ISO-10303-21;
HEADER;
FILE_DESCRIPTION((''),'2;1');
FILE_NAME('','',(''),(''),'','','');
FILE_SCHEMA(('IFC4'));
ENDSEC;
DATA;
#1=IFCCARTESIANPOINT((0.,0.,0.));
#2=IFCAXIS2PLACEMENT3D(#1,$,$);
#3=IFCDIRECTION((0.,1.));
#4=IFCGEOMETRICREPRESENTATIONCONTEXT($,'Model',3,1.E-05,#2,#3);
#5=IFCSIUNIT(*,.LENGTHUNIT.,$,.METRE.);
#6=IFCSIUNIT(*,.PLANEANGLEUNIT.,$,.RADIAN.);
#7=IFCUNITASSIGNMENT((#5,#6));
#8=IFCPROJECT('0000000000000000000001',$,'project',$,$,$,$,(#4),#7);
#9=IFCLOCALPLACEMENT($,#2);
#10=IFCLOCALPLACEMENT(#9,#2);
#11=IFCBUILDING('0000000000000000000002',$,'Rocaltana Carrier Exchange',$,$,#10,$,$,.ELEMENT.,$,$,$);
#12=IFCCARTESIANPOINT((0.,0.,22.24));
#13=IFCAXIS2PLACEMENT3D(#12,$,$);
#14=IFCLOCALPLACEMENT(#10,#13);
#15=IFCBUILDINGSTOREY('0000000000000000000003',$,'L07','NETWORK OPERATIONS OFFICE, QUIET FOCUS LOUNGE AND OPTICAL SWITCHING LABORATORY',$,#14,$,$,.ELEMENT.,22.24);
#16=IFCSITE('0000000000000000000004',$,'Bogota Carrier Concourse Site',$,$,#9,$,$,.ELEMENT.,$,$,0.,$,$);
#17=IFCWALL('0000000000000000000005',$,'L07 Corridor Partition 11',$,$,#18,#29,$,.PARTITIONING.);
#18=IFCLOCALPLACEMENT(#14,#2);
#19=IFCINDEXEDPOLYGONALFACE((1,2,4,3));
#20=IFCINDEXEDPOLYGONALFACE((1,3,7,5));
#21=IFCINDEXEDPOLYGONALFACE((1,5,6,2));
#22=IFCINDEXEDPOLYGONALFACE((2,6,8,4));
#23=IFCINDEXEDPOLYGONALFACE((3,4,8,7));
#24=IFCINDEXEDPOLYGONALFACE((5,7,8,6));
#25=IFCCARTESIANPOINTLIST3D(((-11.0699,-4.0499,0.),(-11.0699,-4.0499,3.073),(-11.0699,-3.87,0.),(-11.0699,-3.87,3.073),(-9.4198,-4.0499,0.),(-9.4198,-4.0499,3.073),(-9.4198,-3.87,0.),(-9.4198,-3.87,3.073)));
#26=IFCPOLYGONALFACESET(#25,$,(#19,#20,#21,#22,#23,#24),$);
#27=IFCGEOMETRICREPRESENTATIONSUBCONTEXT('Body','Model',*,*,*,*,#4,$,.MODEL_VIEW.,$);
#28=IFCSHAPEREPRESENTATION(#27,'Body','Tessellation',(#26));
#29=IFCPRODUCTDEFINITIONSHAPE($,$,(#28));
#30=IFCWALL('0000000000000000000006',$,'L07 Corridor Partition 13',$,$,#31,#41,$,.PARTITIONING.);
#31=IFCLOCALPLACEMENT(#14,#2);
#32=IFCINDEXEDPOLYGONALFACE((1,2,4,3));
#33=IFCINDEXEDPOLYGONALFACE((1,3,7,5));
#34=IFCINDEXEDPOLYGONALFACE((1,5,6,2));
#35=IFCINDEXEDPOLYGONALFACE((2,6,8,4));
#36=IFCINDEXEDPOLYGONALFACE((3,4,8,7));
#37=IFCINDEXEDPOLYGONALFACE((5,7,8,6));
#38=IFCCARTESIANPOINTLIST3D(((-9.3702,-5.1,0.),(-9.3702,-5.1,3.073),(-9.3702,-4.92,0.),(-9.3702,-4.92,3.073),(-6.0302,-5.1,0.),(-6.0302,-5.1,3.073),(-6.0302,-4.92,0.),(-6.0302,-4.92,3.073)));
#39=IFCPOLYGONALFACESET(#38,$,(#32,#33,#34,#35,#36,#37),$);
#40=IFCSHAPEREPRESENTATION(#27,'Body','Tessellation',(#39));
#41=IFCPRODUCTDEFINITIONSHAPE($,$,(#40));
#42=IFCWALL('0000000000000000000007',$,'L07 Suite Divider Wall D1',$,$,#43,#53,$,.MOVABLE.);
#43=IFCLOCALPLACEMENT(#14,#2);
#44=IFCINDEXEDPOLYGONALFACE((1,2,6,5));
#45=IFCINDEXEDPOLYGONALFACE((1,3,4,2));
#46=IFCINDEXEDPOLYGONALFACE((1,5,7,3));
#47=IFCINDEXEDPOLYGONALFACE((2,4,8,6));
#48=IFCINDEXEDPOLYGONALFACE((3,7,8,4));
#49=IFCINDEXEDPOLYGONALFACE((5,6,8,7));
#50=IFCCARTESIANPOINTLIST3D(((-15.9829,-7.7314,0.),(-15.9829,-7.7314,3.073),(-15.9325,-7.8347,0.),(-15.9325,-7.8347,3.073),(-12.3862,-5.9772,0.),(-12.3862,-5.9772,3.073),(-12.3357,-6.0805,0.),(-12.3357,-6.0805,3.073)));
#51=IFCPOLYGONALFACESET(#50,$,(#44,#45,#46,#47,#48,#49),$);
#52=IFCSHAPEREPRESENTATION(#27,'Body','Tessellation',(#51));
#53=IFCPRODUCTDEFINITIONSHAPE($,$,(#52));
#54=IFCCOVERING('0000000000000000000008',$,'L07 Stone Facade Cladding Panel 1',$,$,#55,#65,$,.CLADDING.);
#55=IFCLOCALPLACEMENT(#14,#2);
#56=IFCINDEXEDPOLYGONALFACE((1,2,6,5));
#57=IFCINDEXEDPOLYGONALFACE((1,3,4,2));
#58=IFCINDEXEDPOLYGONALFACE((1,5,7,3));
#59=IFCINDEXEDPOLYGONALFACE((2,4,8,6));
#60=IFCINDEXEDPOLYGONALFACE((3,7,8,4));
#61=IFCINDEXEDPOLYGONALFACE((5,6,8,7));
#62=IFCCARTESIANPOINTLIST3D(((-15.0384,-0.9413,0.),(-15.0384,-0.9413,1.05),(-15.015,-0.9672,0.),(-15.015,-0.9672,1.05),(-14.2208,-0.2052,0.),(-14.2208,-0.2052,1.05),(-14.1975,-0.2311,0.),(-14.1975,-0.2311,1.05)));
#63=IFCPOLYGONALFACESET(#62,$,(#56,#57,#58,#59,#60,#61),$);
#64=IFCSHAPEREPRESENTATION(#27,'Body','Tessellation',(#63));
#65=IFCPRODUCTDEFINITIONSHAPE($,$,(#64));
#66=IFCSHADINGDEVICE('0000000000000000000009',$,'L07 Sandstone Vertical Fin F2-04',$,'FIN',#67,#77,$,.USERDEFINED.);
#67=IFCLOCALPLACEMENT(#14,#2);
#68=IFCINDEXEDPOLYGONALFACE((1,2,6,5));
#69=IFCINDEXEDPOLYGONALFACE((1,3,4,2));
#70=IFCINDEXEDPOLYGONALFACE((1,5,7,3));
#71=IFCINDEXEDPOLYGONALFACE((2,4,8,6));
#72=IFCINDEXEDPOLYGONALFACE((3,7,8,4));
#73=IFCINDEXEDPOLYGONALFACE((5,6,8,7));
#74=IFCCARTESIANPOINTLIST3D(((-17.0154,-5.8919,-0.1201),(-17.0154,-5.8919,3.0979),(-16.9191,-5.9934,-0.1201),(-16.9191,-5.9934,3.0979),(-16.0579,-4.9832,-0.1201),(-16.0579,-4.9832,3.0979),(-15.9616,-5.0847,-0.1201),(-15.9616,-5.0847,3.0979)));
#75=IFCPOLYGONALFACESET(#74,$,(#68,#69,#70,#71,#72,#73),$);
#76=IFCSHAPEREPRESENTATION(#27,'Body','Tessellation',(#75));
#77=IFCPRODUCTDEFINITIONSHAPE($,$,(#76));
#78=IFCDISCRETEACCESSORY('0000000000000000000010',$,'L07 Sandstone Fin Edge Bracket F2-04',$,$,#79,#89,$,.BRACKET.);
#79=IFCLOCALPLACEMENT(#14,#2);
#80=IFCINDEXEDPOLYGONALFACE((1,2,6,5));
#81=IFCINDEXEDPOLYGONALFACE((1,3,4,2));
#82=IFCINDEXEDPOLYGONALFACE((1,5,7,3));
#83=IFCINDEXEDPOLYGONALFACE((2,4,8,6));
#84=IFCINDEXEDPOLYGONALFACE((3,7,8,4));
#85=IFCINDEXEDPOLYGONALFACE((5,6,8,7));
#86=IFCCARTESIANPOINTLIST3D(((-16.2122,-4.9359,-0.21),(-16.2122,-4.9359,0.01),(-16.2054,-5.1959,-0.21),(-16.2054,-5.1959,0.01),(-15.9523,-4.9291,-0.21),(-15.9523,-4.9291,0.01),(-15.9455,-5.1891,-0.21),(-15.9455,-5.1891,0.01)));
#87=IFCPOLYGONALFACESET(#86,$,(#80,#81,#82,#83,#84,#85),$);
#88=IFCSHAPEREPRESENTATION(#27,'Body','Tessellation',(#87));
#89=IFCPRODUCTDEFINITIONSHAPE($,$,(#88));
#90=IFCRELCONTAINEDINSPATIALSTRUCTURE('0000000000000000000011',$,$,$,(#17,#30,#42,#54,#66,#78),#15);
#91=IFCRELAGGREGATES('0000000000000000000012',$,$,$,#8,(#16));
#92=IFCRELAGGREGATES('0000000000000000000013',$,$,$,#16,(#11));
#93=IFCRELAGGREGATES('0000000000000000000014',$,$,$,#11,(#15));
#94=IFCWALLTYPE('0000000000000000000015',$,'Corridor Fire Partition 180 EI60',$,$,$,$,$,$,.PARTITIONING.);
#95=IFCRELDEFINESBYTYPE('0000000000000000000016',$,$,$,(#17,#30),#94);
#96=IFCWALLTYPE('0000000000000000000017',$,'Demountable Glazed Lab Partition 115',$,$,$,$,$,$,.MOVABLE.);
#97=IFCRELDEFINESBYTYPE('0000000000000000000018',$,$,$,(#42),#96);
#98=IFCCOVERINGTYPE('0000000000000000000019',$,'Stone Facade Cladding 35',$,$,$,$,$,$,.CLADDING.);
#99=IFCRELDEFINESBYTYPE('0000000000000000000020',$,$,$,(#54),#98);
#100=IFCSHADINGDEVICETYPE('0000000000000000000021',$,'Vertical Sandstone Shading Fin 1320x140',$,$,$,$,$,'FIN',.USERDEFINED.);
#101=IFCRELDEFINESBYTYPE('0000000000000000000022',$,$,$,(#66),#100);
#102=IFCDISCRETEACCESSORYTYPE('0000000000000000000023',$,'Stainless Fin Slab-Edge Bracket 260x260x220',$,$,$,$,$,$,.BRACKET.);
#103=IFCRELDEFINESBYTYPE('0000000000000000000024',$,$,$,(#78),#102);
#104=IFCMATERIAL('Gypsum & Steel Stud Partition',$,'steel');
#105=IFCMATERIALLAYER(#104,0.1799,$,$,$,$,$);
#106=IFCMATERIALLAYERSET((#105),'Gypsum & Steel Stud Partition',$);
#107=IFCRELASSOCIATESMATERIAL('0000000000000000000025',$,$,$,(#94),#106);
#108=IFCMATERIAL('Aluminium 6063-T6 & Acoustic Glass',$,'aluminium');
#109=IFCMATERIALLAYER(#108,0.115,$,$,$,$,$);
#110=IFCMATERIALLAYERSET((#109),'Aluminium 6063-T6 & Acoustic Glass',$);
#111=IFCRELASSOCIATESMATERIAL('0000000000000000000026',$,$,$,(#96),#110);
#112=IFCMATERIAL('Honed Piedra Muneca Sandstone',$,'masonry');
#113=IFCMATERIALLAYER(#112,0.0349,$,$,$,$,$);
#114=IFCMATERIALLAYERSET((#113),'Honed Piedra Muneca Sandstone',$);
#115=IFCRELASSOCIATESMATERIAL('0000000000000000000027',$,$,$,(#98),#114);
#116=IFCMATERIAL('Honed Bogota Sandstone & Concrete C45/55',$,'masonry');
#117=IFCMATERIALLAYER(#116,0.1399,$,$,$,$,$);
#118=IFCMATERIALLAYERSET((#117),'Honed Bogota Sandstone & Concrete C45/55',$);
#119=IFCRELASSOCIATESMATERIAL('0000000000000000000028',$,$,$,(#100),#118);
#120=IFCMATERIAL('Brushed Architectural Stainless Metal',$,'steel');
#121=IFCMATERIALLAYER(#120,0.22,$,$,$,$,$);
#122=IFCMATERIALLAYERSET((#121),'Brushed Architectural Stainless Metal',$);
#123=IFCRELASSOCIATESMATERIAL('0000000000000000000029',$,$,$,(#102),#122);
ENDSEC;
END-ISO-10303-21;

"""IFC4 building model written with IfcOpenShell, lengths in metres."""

from ifc_helpers import new_model, si_unit, direction, frame, frame_2d, origin, origin_2d, place, context, subcontext, project, spatial, rectangle, extrude, material, layer, layer_set, type_object, element, save


model = new_model("IFC4")

# Units and contexts
model_context = context("Model", 3, precision=1e-05, world=origin(), true_north=direction((0.0, 1.0)))
body_context = subcontext(model_context, "Body", "Model", "MODEL_VIEW")
ifc_project = project(units=[si_unit("LENGTHUNIT", "METRE"), si_unit("PLANEANGLEUNIT", "RADIAN")], contexts=[model_context])

# Site, building, storey
site_placement = place(None, origin())
site = spatial("IfcSite", under=ifc_project, at=site_placement, Name="Bogota Carrier Concourse Site", CompositionType="ELEMENT", RefElevation=0.0)
building_placement = place(site_placement, origin())
building = spatial("IfcBuilding", under=site, at=building_placement, Name="Rocaltana Carrier Exchange", CompositionType="ELEMENT")
storey_placement = place(building_placement, frame((0.0, 0.0, 22.24)))
storey = spatial("IfcBuildingStorey", under=building, at=storey_placement, Name="L07", Description="NETWORK OPERATIONS OFFICE, QUIET FOCUS LOUNGE AND OPTICAL SWITCHING LABORATORY", CompositionType="ELEMENT", Elevation=22.24)

# Shared definitions
ifc_material_1 = material(Name="Gypsum & Steel Stud Partition", Category="steel")
ifc_layer_1 = layer(ifc_material_1, 0.1799)
ifc_layer_set_1 = layer_set([ifc_layer_1], Name="Gypsum & Steel Stud Partition")
wall_type_1 = type_object("IfcWallType", Name="Corridor Fire Partition 180 EI60", PredefinedType="PARTITIONING", material=ifc_layer_set_1)

# Walls
wall_1_placement = place(storey_placement, frame((-11.0701, -3.96, 0.0), z_axis=(0.0, 0.0, 1.0), x_axis=(1.0, 0.0, 0.0)))
element("IfcWall", 1, at=wall_1_placement, inside=storey, type_object=wall_type_1, Name="L07 Corridor Partition 11", PredefinedType="PARTITIONING", context=body_context, shape_type="SweptSolid", body=[
    extrude(rectangle(XDim=1.6501, YDim=0.1799, at=frame_2d((0.8252, 0.0))), origin(), (0.0, 0.0, 1.0), 3.073),
])
wall_2_placement = place(storey_placement, frame((-9.3701, -5.01, 0.0), z_axis=(0.0, 0.0, 1.0), x_axis=(1.0, 0.0, 0.0)))
element("IfcWall", 2, at=wall_2_placement, inside=storey, type_object=wall_type_1, Name="L07 Corridor Partition 13", PredefinedType="PARTITIONING", context=body_context, shape_type="SweptSolid", body=[
    extrude(rectangle(XDim=3.3401, YDim=0.1799, at=frame_2d((1.6699, 0.0))), origin(), (0.0, 0.0, 1.0), 3.073),
])
ifc_material_2 = material(Name="Aluminium 6063-T6 & Acoustic Glass", Category="aluminium")
ifc_layer_2 = layer(ifc_material_2, 0.115)
ifc_layer_set_2 = layer_set([ifc_layer_2], Name="Aluminium 6063-T6 & Acoustic Glass")
wall_type_2 = type_object("IfcWallType", Name="Demountable Glazed Lab Partition 115", PredefinedType="MOVABLE", material=ifc_layer_set_2)
wall_3_placement = place(storey_placement, frame((-12.3608, -6.0288, 0.0), z_axis=(0.0, 0.0, 1.0), x_axis=(-0.898801, -0.438358, 0.0)))
element("IfcWall", 3, at=wall_3_placement, inside=storey, type_object=wall_type_2, Name="L07 Suite Divider Wall D1", PredefinedType="MOVABLE", context=body_context, shape_type="SweptSolid", body=[
    extrude(rectangle(XDim=4.0017, YDim=0.115, at=frame_2d((2.001, 0.0))), origin(), (0.0, 0.0, 1.0), 3.073),
])

# Covering
ifc_material_3 = material(Name="Honed Piedra Muneca Sandstone", Category="masonry")
ifc_layer_3 = layer(ifc_material_3, 0.0349)
ifc_layer_set_3 = layer_set([ifc_layer_3], Name="Honed Piedra Muneca Sandstone")
covering_type = type_object("IfcCoveringType", Name="Stone Facade Cladding 35", PredefinedType="CLADDING", material=ifc_layer_set_3)
covering_placement = place(storey_placement, frame((-14.6179, -0.5862, 0.0), z_axis=(0.0, 0.0, 1.0), x_axis=(0.743145, 0.669131, 0.0)))
element("IfcCovering", 4, at=covering_placement, inside=storey, type_object=covering_type, Name="L07 Stone Facade Cladding Panel 1", PredefinedType="CLADDING", context=body_context, shape_type="SweptSolid", body=[
    extrude(rectangle(XDim=1.1001, YDim=0.0349, at=origin_2d()), origin(), (0.0, 0.0, 1.0), 1.05),
])

# Shading device
ifc_material_4 = material(Name="Honed Bogota Sandstone & Concrete C45/55", Category="masonry")
ifc_layer_4 = layer(ifc_material_4, 0.1399)
ifc_layer_set_4 = layer_set([ifc_layer_4], Name="Honed Bogota Sandstone & Concrete C45/55")
shading_device_type = type_object("IfcShadingDeviceType", Name="Vertical Sandstone Shading Fin 1320x140", ElementType="FIN", PredefinedType="USERDEFINED", material=ifc_layer_set_4)
shading_device_placement = place(storey_placement, frame((-16.4885, -5.4883, -0.1201), z_axis=(0.0, 0.0, 1.0), x_axis=(-0.725374, -0.688355, 0.0)))
element("IfcShadingDevice", 5, at=shading_device_placement, inside=storey, type_object=shading_device_type, Name="L07 Sandstone Vertical Fin F2-04", ObjectType="FIN", PredefinedType="USERDEFINED", context=body_context, shape_type="SweptSolid", body=[
    extrude(rectangle(XDim=1.3201, YDim=0.1399, at=origin_2d()), origin(), (0.0, 0.0, 1.0), 3.218),
])

# Discrete accessory
ifc_material_5 = material(Name="Brushed Architectural Stainless Metal", Category="steel")
ifc_layer_5 = layer(ifc_material_5, 0.22)
ifc_layer_set_5 = layer_set([ifc_layer_5], Name="Brushed Architectural Stainless Metal")
discrete_accessory_type = type_object("IfcDiscreteAccessoryType", Name="Stainless Fin Slab-Edge Bracket 260x260x220", PredefinedType="BRACKET", material=ifc_layer_set_5)
discrete_accessory_placement = place(storey_placement, frame((-16.0789, -5.0625, -0.21), z_axis=(0.0, 0.0, 1.0), x_axis=(0.026177, -0.999657, 0.0)))
element("IfcDiscreteAccessory", 6, at=discrete_accessory_placement, inside=storey, type_object=discrete_accessory_type, Name="L07 Sandstone Fin Edge Bracket F2-04", PredefinedType="BRACKET", context=body_context, shape_type="SweptSolid", body=[
    extrude(rectangle(XDim=0.26, YDim=0.26, at=origin_2d()), origin(), (0.0, 0.0, 1.0), 0.22),
])

save(model, "model.ifc")
